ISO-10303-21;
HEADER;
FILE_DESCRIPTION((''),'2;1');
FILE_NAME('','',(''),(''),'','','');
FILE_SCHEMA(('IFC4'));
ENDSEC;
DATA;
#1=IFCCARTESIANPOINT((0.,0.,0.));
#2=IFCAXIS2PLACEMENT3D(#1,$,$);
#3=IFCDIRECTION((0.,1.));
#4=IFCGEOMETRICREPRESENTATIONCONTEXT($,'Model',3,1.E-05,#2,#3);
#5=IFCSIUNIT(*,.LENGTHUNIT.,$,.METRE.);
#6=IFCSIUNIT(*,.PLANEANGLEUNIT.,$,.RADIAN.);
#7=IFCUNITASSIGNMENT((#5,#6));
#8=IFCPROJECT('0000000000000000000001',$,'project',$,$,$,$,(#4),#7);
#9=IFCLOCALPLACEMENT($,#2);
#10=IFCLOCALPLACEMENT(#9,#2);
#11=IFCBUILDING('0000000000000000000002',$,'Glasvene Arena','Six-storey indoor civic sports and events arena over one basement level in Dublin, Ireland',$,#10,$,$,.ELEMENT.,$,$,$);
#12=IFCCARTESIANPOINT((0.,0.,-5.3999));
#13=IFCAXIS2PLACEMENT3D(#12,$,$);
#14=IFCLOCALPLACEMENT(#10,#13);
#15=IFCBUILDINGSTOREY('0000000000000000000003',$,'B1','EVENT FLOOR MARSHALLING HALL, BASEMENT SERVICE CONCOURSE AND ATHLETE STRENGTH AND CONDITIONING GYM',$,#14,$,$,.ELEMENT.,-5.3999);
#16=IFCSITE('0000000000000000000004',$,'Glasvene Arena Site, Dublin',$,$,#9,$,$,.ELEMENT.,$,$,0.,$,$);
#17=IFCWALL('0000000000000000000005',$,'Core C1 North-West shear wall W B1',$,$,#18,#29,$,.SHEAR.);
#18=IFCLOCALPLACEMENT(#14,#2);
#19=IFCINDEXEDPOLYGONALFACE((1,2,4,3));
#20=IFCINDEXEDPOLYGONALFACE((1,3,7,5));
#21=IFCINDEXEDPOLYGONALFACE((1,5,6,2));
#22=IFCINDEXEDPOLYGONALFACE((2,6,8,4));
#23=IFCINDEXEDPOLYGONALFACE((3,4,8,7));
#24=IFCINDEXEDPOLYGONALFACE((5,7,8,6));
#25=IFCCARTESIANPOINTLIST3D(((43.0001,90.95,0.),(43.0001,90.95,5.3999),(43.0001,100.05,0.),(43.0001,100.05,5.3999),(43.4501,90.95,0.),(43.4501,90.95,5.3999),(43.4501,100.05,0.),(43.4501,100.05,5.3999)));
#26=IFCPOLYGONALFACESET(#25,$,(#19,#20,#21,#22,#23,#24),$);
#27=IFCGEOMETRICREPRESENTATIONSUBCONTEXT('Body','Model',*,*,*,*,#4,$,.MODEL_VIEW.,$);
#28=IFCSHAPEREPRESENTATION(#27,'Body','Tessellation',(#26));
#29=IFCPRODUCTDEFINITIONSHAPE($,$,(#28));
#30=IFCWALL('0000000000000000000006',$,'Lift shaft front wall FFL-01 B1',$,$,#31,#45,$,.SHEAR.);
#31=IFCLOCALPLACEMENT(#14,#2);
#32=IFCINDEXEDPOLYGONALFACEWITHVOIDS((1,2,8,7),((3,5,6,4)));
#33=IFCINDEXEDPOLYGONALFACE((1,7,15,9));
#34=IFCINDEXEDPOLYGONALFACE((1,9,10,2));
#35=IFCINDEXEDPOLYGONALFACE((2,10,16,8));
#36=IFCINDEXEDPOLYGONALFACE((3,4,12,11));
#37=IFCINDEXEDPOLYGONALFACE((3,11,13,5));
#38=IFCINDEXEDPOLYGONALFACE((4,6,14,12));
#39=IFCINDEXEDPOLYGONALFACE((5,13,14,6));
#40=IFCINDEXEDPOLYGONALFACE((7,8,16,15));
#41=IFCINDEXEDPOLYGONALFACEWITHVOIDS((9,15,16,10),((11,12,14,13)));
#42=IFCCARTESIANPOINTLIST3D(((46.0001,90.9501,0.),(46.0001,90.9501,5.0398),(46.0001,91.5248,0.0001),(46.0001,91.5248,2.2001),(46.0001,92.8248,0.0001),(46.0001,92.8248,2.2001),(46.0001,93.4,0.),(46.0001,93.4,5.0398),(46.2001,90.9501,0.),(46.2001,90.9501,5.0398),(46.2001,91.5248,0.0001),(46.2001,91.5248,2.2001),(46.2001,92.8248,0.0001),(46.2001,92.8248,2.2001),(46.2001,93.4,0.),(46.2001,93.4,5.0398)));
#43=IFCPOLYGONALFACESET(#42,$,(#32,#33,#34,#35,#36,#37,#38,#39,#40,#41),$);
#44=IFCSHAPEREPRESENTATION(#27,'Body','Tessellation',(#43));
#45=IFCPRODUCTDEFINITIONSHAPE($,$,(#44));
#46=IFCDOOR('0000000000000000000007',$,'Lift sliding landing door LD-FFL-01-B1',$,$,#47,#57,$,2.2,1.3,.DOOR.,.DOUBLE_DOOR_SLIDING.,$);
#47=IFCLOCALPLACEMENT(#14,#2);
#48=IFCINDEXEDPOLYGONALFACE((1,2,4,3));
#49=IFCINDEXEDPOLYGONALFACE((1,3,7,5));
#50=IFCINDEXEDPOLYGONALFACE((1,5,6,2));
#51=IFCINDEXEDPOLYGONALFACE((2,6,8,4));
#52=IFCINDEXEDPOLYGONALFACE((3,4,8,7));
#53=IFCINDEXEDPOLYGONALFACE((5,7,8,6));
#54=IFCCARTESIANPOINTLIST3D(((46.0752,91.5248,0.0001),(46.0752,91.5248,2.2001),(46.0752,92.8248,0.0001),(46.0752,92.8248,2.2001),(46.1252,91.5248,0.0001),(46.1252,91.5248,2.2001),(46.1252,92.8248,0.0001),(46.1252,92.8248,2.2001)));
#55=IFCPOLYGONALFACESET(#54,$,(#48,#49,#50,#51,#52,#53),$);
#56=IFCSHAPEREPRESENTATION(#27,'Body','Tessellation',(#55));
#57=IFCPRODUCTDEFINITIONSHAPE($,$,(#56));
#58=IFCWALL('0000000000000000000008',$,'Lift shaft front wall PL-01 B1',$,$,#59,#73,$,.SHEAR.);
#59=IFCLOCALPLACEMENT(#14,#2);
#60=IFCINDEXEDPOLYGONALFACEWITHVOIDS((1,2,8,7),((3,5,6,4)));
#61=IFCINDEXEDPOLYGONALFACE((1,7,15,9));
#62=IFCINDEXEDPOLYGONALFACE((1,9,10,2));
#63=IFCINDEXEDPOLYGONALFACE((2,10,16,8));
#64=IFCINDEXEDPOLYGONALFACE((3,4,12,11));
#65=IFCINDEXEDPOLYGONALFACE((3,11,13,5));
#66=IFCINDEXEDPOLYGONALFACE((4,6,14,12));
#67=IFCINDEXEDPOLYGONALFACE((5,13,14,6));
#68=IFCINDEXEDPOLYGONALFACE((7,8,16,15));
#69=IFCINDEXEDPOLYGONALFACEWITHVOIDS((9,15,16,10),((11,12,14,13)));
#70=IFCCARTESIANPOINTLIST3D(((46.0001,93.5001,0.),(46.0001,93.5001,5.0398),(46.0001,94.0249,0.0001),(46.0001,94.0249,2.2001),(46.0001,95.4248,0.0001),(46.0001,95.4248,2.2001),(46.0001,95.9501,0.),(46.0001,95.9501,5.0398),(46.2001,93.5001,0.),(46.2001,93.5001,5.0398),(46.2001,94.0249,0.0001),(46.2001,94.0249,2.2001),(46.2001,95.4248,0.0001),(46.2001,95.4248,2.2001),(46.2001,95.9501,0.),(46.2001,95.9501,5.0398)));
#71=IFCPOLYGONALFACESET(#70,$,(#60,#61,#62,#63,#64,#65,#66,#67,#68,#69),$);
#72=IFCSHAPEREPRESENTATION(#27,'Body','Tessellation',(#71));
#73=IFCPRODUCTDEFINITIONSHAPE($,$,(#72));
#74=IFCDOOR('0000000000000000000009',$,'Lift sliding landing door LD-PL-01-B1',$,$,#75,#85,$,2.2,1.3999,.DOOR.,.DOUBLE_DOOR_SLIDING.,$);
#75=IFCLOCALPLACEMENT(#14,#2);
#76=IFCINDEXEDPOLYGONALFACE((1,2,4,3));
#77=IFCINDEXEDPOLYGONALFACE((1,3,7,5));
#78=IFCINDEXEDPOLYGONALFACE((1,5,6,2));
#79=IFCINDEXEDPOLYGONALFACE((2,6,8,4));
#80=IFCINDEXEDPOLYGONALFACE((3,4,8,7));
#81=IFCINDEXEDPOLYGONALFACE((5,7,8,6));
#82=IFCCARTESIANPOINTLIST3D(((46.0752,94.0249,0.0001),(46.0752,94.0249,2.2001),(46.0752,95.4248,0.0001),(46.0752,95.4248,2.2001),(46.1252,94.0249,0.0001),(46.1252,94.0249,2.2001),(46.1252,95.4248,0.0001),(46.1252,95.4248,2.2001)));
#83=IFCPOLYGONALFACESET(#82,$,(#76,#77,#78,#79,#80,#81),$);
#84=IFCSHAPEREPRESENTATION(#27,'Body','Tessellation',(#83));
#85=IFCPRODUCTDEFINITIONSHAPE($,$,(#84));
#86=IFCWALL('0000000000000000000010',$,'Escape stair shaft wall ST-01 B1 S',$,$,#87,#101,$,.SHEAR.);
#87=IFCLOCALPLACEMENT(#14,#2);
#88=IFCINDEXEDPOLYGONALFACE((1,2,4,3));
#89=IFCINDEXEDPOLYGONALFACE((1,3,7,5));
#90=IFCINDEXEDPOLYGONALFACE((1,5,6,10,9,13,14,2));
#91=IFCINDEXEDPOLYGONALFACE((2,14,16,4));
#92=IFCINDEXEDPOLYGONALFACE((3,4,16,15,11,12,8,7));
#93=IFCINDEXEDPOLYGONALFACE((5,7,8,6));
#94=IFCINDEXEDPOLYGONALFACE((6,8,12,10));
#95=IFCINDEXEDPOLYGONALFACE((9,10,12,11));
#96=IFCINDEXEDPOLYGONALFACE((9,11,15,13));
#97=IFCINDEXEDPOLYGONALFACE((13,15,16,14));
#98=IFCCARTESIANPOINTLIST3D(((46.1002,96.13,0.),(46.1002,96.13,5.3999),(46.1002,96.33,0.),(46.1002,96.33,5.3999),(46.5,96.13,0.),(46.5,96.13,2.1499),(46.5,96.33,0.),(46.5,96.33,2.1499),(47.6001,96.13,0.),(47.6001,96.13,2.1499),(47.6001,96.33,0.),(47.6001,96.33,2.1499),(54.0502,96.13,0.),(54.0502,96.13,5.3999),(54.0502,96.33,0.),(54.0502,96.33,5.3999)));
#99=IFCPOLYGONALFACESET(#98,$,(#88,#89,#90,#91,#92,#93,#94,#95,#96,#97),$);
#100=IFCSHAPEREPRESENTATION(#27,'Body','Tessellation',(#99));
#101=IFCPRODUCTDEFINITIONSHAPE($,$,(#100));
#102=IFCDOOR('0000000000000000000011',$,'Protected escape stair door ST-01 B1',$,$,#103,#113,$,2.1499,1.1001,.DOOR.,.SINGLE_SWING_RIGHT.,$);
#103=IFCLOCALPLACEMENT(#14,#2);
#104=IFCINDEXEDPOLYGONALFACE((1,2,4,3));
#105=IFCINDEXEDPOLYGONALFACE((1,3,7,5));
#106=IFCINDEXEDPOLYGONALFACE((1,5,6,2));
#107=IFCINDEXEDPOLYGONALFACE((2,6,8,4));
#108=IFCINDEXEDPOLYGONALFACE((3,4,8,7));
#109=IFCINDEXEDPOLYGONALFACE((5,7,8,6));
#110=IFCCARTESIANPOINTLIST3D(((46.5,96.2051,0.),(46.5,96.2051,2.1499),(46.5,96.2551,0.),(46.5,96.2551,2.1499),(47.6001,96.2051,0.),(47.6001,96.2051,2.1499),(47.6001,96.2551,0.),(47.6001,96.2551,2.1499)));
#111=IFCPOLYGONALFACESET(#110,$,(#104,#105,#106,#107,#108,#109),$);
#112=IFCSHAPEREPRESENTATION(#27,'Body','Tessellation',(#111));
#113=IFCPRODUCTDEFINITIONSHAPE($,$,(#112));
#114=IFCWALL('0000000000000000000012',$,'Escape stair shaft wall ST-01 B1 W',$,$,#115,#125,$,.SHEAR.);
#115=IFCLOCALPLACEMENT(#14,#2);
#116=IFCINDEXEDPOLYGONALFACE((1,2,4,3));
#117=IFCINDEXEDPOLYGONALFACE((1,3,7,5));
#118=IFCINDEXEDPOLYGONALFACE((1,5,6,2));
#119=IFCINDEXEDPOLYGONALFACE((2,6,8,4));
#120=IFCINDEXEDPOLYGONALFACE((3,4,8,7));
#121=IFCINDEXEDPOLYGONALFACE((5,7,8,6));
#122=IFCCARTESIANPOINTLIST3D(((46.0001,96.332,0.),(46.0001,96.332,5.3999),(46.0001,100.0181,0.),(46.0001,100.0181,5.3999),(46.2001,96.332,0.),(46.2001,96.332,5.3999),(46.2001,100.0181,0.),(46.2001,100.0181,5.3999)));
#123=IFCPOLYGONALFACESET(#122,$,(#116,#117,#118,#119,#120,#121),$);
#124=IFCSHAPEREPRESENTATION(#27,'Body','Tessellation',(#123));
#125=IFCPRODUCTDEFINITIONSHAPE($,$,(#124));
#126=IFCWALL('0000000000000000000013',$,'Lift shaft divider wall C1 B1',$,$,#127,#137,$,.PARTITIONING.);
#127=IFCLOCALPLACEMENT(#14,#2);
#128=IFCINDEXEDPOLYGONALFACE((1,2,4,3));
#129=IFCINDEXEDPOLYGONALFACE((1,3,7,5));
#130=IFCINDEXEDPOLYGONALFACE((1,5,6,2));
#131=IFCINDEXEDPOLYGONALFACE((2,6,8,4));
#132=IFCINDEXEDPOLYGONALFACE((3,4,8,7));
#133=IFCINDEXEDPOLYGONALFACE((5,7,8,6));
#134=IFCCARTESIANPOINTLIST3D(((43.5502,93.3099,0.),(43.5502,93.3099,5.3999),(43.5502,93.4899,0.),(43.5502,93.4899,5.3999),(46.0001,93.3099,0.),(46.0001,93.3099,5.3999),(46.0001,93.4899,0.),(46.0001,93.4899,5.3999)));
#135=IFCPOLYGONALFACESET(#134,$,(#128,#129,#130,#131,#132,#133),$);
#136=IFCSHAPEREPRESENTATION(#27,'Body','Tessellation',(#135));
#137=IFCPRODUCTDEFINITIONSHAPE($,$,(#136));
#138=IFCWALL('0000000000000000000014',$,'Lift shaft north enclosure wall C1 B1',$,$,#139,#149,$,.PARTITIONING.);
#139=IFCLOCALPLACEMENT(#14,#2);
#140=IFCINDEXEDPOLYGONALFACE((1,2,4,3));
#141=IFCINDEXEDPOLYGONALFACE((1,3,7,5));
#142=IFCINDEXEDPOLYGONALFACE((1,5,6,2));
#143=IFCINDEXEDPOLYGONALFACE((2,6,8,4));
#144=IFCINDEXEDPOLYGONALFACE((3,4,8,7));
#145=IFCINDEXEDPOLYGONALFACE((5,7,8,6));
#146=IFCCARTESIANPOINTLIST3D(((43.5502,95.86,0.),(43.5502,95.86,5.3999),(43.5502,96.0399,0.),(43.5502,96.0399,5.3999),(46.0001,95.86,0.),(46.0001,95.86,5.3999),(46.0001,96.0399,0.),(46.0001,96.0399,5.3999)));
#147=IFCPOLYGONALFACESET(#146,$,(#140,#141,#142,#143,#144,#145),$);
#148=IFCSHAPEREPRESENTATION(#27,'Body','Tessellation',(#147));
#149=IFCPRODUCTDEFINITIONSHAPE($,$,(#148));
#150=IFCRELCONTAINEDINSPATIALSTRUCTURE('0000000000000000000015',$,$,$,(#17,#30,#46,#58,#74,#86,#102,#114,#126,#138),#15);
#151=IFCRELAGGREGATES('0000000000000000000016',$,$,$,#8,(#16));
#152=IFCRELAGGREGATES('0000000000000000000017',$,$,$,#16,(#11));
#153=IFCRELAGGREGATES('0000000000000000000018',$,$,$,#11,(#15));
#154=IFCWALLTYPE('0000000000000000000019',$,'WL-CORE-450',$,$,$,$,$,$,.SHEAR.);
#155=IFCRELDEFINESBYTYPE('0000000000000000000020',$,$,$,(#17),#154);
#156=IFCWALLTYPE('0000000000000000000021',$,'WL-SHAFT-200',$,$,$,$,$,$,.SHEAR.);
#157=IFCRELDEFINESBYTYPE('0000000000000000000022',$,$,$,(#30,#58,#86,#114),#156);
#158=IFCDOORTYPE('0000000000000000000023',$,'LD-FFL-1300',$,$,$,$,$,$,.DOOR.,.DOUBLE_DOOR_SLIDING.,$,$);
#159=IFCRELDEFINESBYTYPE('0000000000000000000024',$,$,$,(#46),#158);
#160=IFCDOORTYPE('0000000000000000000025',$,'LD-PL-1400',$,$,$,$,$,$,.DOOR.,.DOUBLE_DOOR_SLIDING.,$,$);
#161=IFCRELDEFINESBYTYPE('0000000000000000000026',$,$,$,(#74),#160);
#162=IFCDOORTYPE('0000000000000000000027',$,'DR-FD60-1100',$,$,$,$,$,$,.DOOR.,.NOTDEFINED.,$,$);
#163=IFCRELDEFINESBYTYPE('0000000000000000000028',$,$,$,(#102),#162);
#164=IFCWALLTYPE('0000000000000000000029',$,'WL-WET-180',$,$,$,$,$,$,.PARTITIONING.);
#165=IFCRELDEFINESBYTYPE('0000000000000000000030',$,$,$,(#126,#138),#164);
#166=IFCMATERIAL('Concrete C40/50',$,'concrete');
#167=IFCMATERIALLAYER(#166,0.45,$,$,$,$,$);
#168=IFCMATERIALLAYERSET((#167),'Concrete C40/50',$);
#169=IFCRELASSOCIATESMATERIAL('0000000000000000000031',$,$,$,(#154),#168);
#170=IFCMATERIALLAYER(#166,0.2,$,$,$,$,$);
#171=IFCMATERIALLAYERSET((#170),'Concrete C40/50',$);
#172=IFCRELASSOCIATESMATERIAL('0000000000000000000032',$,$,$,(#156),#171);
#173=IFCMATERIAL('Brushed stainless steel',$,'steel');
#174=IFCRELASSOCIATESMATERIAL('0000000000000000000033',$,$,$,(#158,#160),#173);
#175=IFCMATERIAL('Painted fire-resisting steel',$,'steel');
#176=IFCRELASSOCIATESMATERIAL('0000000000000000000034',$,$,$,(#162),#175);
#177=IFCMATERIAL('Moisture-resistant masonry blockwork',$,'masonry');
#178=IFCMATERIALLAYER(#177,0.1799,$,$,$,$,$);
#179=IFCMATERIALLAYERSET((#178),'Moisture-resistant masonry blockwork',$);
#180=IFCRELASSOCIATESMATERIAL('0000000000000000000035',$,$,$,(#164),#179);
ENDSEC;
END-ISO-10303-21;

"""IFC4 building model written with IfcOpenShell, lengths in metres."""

from ifc_helpers import new_model, si_unit, direction, frame, frame_2d, origin, place, context, subcontext, project, spatial, rectangle, extrude, material, layer, layer_set, type_object, element, fill, save


model = new_model("IFC4")

# Units and contexts
model_context = context("Model", 3, precision=1e-05, world=origin(), true_north=direction((0.0, 1.0)))
body_context = subcontext(model_context, "Body", "Model", "MODEL_VIEW")
ifc_project = project(units=[si_unit("LENGTHUNIT", "METRE"), si_unit("PLANEANGLEUNIT", "RADIAN")], contexts=[model_context])

# Site, building, storey
site_placement = place(None, origin())
site = spatial("IfcSite", under=ifc_project, at=site_placement, Name="Glasvene Arena Site, Dublin", CompositionType="ELEMENT", RefElevation=0.0)
building_placement = place(site_placement, origin())
building = spatial("IfcBuilding", under=site, at=building_placement, Name="Glasvene Arena", Description="Six-storey indoor civic sports and events arena over one basement level in Dublin, Ireland", CompositionType="ELEMENT")
storey_placement = place(building_placement, frame((0.0, 0.0, -5.3999)))
storey = spatial("IfcBuildingStorey", under=building, at=storey_placement, Name="B1", Description="EVENT FLOOR MARSHALLING HALL, BASEMENT SERVICE CONCOURSE AND ATHLETE STRENGTH AND CONDITIONING GYM", CompositionType="ELEMENT", Elevation=-5.3999)

# Shared definitions
ifc_material_1 = material(Name="Concrete C40/50", Category="concrete")

# Wall
ifc_layer_1 = layer(ifc_material_1, 0.45)
ifc_layer_set_1 = layer_set([ifc_layer_1], Name="Concrete C40/50")
wall_type_1 = type_object("IfcWallType", Name="WL-CORE-450", PredefinedType="SHEAR", material=ifc_layer_set_1)
wall_1_placement = place(storey_placement, frame((43.2251, 90.95, 0.0), z_axis=(0.0, 0.0, 1.0), x_axis=(0.0, 1.0, 0.0)))
element("IfcWall", 1, at=wall_1_placement, inside=storey, type_object=wall_type_1, Name="Core C1 North-West shear wall W B1", PredefinedType="SHEAR", context=body_context, shape_type="SweptSolid", body=[
    extrude(rectangle(XDim=9.1001, YDim=0.45, at=frame_2d((4.55, 0.0))), origin(), (0.0, 0.0, 1.0), 5.3999),
])

# Walls, openings, doors
ifc_layer_2 = layer(ifc_material_1, 0.2)
ifc_layer_set_2 = layer_set([ifc_layer_2], Name="Concrete C40/50")
wall_type_2 = type_object("IfcWallType", Name="WL-SHAFT-200", PredefinedType="SHEAR", material=ifc_layer_set_2)
wall_2_placement = place(storey_placement, frame((46.1001, 90.95, 0.0), z_axis=(0.0, 0.0, 1.0), x_axis=(0.0, 1.0, 0.0)))
wall_2 = element("IfcWall", 2, at=wall_2_placement, inside=storey, type_object=wall_type_2, Name="Lift shaft front wall FFL-01 B1", PredefinedType="SHEAR", context=body_context, shape_type="SweptSolid", body=[
    extrude(rectangle(XDim=2.45, YDim=0.2, at=frame_2d((1.2251, 0.0))), origin(), (0.0, 0.0, 1.0), 5.0398),
])
opening_1_placement = place(wall_2_placement, frame((0.575, 0.0, 0.0)))
opening_1 = element("IfcOpeningElement", 3, at=opening_1_placement, cuts=wall_2, PredefinedType="OPENING", context=body_context, shape_type="SweptSolid", body=[
    extrude(rectangle(XDim=1.3, YDim=2.2, at=frame_2d((0.6499, 1.1001))), frame((0.0, 0.1099, 0.0), z_axis=(0.0, -1.0, 0.0), x_axis=(1.0, 0.0, 0.0)), (0.0, 0.0, 1.0), 0.22),
])
ifc_material_2 = material(Name="Brushed stainless steel", Category="steel")
door_type_1 = type_object("IfcDoorType", Name="LD-FFL-1300", OperationType="DOUBLE_DOOR_SLIDING", PredefinedType="DOOR", material=ifc_material_2)
door_1_placement = place(opening_1_placement, origin())
door_1 = element("IfcDoor", 4, at=door_1_placement, inside=storey, type_object=door_type_1, Name="Lift sliding landing door LD-FFL-01-B1", OperationType="DOUBLE_DOOR_SLIDING", OverallHeight=2.2, OverallWidth=1.3, PredefinedType="DOOR", context=body_context, shape_type="SweptSolid", body=[
    extrude(rectangle(XDim=1.3, YDim=2.2, at=frame_2d((0.6499, 1.1001))), frame((0.0, 0.0249, 0.0), z_axis=(0.0, -1.0, 0.0), x_axis=(1.0, 0.0, 0.0)), (0.0, 0.0, 1.0), 0.05),
])
fill(opening_1, door_1)
wall_3_placement = place(storey_placement, frame((46.1001, 93.5, 0.0), z_axis=(0.0, 0.0, 1.0), x_axis=(0.0, 1.0, 0.0)))
wall_3 = element("IfcWall", 5, at=wall_3_placement, inside=storey, type_object=wall_type_2, Name="Lift shaft front wall PL-01 B1", PredefinedType="SHEAR", context=body_context, shape_type="SweptSolid", body=[
    extrude(rectangle(XDim=2.45, YDim=0.2, at=frame_2d((1.2251, 0.0))), origin(), (0.0, 0.0, 1.0), 5.0398),
])
opening_2_placement = place(wall_3_placement, frame((0.5249, 0.0, 0.0)))
opening_2 = element("IfcOpeningElement", 6, at=opening_2_placement, cuts=wall_3, PredefinedType="OPENING", context=body_context, shape_type="SweptSolid", body=[
    extrude(rectangle(XDim=1.3999, YDim=2.2, at=frame_2d((0.7, 1.1001))), frame((0.0, 0.1099, 0.0), z_axis=(0.0, -1.0, 0.0), x_axis=(1.0, 0.0, 0.0)), (0.0, 0.0, 1.0), 0.22),
])
door_type_2 = type_object("IfcDoorType", Name="LD-PL-1400", OperationType="DOUBLE_DOOR_SLIDING", PredefinedType="DOOR", material=ifc_material_2)
door_2_placement = place(opening_2_placement, origin())
door_2 = element("IfcDoor", 7, at=door_2_placement, inside=storey, type_object=door_type_2, Name="Lift sliding landing door LD-PL-01-B1", OperationType="DOUBLE_DOOR_SLIDING", OverallHeight=2.2, OverallWidth=1.3999, PredefinedType="DOOR", context=body_context, shape_type="SweptSolid", body=[
    extrude(rectangle(XDim=1.3999, YDim=2.2, at=frame_2d((0.7, 1.1001))), frame((0.0, 0.0249, 0.0), z_axis=(0.0, -1.0, 0.0), x_axis=(1.0, 0.0, 0.0)), (0.0, 0.0, 1.0), 0.05),
])
fill(opening_2, door_2)
wall_4_placement = place(storey_placement, frame((46.1001, 96.23, 0.0), z_axis=(0.0, 0.0, 1.0), x_axis=(1.0, 0.0, 0.0)))
wall_4 = element("IfcWall", 8, at=wall_4_placement, inside=storey, type_object=wall_type_2, Name="Escape stair shaft wall ST-01 B1 S", PredefinedType="SHEAR", context=body_context, shape_type="SweptSolid", body=[
    extrude(rectangle(XDim=7.95, YDim=0.2, at=frame_2d((3.9751, 0.0))), origin(), (0.0, 0.0, 1.0), 5.3999),
])
opening_3_placement = place(wall_4_placement, frame((0.3999, 0.0, 0.0)))
opening_3 = element("IfcOpeningElement", 9, at=opening_3_placement, cuts=wall_4, PredefinedType="OPENING", context=body_context, shape_type="SweptSolid", body=[
    extrude(rectangle(XDim=1.1001, YDim=2.1499, at=frame_2d((0.55, 1.075))), frame((0.0, 0.1099, 0.0), z_axis=(0.0, -1.0, 0.0), x_axis=(1.0, 0.0, 0.0)), (0.0, 0.0, 1.0), 0.22),
])
ifc_material_3 = material(Name="Painted fire-resisting steel", Category="steel")
door_type_3 = type_object("IfcDoorType", Name="DR-FD60-1100", OperationType="NOTDEFINED", PredefinedType="DOOR", material=ifc_material_3)
door_3_placement = place(opening_3_placement, frame((1.1001, 0.0, 0.0), z_axis=(0.0, 0.0, 1.0), x_axis=(-1.0, 0.0, 0.0)))
door_3 = element("IfcDoor", 10, at=door_3_placement, inside=storey, type_object=door_type_3, Name="Protected escape stair door ST-01 B1", OperationType="SINGLE_SWING_RIGHT", OverallHeight=2.1499, OverallWidth=1.1001, PredefinedType="DOOR", context=body_context, shape_type="SweptSolid", body=[
    extrude(rectangle(XDim=1.1001, YDim=2.1499, at=frame_2d((0.55, 1.075))), frame((0.0, 0.0249, 0.0), z_axis=(0.0, -1.0, 0.0), x_axis=(1.0, 0.0, 0.0)), (0.0, 0.0, 1.0), 0.05),
])
fill(opening_3, door_3)

# Walls
wall_5_placement = place(storey_placement, frame((46.1001, 96.332, 0.0), z_axis=(0.0, 0.0, 1.0), x_axis=(0.0, 1.0, 0.0)))
element("IfcWall", 11, at=wall_5_placement, inside=storey, type_object=wall_type_2, Name="Escape stair shaft wall ST-01 B1 W", PredefinedType="SHEAR", context=body_context, shape_type="SweptSolid", body=[
    extrude(rectangle(XDim=3.686, YDim=0.2, at=frame_2d((1.843, 0.0))), origin(), (0.0, 0.0, 1.0), 5.3999),
])
ifc_material_4 = material(Name="Moisture-resistant masonry blockwork", Category="masonry")
ifc_layer_3 = layer(ifc_material_4, 0.1799)
ifc_layer_set_3 = layer_set([ifc_layer_3], Name="Moisture-resistant masonry blockwork")
wall_type_3 = type_object("IfcWallType", Name="WL-WET-180", PredefinedType="PARTITIONING", material=ifc_layer_set_3)
for number, where, z_axis, x_axis, name in (
    (12, (43.55, 93.3999, 0.0), (0.0, 0.0, 1.0), (1.0, 0.0, 0.0), "Lift shaft divider wall C1 B1"),
    (13, (43.55, 95.95, 0.0), (0.0, 0.0, 1.0), (1.0, 0.0, 0.0), "Lift shaft north enclosure wall C1 B1"),
):
    element("IfcWall", number, at=place(storey_placement, frame(where, z_axis=z_axis, x_axis=x_axis)), inside=storey, type_object=wall_type_3, Name=name, PredefinedType="PARTITIONING", context=body_context, shape_type="SweptSolid", body=[
        extrude(rectangle(XDim=2.45, YDim=0.1799, at=frame_2d((1.2251, 0.0))), origin(), (0.0, 0.0, 1.0), 5.3999),
    ])

save(model, "model.ifc")
